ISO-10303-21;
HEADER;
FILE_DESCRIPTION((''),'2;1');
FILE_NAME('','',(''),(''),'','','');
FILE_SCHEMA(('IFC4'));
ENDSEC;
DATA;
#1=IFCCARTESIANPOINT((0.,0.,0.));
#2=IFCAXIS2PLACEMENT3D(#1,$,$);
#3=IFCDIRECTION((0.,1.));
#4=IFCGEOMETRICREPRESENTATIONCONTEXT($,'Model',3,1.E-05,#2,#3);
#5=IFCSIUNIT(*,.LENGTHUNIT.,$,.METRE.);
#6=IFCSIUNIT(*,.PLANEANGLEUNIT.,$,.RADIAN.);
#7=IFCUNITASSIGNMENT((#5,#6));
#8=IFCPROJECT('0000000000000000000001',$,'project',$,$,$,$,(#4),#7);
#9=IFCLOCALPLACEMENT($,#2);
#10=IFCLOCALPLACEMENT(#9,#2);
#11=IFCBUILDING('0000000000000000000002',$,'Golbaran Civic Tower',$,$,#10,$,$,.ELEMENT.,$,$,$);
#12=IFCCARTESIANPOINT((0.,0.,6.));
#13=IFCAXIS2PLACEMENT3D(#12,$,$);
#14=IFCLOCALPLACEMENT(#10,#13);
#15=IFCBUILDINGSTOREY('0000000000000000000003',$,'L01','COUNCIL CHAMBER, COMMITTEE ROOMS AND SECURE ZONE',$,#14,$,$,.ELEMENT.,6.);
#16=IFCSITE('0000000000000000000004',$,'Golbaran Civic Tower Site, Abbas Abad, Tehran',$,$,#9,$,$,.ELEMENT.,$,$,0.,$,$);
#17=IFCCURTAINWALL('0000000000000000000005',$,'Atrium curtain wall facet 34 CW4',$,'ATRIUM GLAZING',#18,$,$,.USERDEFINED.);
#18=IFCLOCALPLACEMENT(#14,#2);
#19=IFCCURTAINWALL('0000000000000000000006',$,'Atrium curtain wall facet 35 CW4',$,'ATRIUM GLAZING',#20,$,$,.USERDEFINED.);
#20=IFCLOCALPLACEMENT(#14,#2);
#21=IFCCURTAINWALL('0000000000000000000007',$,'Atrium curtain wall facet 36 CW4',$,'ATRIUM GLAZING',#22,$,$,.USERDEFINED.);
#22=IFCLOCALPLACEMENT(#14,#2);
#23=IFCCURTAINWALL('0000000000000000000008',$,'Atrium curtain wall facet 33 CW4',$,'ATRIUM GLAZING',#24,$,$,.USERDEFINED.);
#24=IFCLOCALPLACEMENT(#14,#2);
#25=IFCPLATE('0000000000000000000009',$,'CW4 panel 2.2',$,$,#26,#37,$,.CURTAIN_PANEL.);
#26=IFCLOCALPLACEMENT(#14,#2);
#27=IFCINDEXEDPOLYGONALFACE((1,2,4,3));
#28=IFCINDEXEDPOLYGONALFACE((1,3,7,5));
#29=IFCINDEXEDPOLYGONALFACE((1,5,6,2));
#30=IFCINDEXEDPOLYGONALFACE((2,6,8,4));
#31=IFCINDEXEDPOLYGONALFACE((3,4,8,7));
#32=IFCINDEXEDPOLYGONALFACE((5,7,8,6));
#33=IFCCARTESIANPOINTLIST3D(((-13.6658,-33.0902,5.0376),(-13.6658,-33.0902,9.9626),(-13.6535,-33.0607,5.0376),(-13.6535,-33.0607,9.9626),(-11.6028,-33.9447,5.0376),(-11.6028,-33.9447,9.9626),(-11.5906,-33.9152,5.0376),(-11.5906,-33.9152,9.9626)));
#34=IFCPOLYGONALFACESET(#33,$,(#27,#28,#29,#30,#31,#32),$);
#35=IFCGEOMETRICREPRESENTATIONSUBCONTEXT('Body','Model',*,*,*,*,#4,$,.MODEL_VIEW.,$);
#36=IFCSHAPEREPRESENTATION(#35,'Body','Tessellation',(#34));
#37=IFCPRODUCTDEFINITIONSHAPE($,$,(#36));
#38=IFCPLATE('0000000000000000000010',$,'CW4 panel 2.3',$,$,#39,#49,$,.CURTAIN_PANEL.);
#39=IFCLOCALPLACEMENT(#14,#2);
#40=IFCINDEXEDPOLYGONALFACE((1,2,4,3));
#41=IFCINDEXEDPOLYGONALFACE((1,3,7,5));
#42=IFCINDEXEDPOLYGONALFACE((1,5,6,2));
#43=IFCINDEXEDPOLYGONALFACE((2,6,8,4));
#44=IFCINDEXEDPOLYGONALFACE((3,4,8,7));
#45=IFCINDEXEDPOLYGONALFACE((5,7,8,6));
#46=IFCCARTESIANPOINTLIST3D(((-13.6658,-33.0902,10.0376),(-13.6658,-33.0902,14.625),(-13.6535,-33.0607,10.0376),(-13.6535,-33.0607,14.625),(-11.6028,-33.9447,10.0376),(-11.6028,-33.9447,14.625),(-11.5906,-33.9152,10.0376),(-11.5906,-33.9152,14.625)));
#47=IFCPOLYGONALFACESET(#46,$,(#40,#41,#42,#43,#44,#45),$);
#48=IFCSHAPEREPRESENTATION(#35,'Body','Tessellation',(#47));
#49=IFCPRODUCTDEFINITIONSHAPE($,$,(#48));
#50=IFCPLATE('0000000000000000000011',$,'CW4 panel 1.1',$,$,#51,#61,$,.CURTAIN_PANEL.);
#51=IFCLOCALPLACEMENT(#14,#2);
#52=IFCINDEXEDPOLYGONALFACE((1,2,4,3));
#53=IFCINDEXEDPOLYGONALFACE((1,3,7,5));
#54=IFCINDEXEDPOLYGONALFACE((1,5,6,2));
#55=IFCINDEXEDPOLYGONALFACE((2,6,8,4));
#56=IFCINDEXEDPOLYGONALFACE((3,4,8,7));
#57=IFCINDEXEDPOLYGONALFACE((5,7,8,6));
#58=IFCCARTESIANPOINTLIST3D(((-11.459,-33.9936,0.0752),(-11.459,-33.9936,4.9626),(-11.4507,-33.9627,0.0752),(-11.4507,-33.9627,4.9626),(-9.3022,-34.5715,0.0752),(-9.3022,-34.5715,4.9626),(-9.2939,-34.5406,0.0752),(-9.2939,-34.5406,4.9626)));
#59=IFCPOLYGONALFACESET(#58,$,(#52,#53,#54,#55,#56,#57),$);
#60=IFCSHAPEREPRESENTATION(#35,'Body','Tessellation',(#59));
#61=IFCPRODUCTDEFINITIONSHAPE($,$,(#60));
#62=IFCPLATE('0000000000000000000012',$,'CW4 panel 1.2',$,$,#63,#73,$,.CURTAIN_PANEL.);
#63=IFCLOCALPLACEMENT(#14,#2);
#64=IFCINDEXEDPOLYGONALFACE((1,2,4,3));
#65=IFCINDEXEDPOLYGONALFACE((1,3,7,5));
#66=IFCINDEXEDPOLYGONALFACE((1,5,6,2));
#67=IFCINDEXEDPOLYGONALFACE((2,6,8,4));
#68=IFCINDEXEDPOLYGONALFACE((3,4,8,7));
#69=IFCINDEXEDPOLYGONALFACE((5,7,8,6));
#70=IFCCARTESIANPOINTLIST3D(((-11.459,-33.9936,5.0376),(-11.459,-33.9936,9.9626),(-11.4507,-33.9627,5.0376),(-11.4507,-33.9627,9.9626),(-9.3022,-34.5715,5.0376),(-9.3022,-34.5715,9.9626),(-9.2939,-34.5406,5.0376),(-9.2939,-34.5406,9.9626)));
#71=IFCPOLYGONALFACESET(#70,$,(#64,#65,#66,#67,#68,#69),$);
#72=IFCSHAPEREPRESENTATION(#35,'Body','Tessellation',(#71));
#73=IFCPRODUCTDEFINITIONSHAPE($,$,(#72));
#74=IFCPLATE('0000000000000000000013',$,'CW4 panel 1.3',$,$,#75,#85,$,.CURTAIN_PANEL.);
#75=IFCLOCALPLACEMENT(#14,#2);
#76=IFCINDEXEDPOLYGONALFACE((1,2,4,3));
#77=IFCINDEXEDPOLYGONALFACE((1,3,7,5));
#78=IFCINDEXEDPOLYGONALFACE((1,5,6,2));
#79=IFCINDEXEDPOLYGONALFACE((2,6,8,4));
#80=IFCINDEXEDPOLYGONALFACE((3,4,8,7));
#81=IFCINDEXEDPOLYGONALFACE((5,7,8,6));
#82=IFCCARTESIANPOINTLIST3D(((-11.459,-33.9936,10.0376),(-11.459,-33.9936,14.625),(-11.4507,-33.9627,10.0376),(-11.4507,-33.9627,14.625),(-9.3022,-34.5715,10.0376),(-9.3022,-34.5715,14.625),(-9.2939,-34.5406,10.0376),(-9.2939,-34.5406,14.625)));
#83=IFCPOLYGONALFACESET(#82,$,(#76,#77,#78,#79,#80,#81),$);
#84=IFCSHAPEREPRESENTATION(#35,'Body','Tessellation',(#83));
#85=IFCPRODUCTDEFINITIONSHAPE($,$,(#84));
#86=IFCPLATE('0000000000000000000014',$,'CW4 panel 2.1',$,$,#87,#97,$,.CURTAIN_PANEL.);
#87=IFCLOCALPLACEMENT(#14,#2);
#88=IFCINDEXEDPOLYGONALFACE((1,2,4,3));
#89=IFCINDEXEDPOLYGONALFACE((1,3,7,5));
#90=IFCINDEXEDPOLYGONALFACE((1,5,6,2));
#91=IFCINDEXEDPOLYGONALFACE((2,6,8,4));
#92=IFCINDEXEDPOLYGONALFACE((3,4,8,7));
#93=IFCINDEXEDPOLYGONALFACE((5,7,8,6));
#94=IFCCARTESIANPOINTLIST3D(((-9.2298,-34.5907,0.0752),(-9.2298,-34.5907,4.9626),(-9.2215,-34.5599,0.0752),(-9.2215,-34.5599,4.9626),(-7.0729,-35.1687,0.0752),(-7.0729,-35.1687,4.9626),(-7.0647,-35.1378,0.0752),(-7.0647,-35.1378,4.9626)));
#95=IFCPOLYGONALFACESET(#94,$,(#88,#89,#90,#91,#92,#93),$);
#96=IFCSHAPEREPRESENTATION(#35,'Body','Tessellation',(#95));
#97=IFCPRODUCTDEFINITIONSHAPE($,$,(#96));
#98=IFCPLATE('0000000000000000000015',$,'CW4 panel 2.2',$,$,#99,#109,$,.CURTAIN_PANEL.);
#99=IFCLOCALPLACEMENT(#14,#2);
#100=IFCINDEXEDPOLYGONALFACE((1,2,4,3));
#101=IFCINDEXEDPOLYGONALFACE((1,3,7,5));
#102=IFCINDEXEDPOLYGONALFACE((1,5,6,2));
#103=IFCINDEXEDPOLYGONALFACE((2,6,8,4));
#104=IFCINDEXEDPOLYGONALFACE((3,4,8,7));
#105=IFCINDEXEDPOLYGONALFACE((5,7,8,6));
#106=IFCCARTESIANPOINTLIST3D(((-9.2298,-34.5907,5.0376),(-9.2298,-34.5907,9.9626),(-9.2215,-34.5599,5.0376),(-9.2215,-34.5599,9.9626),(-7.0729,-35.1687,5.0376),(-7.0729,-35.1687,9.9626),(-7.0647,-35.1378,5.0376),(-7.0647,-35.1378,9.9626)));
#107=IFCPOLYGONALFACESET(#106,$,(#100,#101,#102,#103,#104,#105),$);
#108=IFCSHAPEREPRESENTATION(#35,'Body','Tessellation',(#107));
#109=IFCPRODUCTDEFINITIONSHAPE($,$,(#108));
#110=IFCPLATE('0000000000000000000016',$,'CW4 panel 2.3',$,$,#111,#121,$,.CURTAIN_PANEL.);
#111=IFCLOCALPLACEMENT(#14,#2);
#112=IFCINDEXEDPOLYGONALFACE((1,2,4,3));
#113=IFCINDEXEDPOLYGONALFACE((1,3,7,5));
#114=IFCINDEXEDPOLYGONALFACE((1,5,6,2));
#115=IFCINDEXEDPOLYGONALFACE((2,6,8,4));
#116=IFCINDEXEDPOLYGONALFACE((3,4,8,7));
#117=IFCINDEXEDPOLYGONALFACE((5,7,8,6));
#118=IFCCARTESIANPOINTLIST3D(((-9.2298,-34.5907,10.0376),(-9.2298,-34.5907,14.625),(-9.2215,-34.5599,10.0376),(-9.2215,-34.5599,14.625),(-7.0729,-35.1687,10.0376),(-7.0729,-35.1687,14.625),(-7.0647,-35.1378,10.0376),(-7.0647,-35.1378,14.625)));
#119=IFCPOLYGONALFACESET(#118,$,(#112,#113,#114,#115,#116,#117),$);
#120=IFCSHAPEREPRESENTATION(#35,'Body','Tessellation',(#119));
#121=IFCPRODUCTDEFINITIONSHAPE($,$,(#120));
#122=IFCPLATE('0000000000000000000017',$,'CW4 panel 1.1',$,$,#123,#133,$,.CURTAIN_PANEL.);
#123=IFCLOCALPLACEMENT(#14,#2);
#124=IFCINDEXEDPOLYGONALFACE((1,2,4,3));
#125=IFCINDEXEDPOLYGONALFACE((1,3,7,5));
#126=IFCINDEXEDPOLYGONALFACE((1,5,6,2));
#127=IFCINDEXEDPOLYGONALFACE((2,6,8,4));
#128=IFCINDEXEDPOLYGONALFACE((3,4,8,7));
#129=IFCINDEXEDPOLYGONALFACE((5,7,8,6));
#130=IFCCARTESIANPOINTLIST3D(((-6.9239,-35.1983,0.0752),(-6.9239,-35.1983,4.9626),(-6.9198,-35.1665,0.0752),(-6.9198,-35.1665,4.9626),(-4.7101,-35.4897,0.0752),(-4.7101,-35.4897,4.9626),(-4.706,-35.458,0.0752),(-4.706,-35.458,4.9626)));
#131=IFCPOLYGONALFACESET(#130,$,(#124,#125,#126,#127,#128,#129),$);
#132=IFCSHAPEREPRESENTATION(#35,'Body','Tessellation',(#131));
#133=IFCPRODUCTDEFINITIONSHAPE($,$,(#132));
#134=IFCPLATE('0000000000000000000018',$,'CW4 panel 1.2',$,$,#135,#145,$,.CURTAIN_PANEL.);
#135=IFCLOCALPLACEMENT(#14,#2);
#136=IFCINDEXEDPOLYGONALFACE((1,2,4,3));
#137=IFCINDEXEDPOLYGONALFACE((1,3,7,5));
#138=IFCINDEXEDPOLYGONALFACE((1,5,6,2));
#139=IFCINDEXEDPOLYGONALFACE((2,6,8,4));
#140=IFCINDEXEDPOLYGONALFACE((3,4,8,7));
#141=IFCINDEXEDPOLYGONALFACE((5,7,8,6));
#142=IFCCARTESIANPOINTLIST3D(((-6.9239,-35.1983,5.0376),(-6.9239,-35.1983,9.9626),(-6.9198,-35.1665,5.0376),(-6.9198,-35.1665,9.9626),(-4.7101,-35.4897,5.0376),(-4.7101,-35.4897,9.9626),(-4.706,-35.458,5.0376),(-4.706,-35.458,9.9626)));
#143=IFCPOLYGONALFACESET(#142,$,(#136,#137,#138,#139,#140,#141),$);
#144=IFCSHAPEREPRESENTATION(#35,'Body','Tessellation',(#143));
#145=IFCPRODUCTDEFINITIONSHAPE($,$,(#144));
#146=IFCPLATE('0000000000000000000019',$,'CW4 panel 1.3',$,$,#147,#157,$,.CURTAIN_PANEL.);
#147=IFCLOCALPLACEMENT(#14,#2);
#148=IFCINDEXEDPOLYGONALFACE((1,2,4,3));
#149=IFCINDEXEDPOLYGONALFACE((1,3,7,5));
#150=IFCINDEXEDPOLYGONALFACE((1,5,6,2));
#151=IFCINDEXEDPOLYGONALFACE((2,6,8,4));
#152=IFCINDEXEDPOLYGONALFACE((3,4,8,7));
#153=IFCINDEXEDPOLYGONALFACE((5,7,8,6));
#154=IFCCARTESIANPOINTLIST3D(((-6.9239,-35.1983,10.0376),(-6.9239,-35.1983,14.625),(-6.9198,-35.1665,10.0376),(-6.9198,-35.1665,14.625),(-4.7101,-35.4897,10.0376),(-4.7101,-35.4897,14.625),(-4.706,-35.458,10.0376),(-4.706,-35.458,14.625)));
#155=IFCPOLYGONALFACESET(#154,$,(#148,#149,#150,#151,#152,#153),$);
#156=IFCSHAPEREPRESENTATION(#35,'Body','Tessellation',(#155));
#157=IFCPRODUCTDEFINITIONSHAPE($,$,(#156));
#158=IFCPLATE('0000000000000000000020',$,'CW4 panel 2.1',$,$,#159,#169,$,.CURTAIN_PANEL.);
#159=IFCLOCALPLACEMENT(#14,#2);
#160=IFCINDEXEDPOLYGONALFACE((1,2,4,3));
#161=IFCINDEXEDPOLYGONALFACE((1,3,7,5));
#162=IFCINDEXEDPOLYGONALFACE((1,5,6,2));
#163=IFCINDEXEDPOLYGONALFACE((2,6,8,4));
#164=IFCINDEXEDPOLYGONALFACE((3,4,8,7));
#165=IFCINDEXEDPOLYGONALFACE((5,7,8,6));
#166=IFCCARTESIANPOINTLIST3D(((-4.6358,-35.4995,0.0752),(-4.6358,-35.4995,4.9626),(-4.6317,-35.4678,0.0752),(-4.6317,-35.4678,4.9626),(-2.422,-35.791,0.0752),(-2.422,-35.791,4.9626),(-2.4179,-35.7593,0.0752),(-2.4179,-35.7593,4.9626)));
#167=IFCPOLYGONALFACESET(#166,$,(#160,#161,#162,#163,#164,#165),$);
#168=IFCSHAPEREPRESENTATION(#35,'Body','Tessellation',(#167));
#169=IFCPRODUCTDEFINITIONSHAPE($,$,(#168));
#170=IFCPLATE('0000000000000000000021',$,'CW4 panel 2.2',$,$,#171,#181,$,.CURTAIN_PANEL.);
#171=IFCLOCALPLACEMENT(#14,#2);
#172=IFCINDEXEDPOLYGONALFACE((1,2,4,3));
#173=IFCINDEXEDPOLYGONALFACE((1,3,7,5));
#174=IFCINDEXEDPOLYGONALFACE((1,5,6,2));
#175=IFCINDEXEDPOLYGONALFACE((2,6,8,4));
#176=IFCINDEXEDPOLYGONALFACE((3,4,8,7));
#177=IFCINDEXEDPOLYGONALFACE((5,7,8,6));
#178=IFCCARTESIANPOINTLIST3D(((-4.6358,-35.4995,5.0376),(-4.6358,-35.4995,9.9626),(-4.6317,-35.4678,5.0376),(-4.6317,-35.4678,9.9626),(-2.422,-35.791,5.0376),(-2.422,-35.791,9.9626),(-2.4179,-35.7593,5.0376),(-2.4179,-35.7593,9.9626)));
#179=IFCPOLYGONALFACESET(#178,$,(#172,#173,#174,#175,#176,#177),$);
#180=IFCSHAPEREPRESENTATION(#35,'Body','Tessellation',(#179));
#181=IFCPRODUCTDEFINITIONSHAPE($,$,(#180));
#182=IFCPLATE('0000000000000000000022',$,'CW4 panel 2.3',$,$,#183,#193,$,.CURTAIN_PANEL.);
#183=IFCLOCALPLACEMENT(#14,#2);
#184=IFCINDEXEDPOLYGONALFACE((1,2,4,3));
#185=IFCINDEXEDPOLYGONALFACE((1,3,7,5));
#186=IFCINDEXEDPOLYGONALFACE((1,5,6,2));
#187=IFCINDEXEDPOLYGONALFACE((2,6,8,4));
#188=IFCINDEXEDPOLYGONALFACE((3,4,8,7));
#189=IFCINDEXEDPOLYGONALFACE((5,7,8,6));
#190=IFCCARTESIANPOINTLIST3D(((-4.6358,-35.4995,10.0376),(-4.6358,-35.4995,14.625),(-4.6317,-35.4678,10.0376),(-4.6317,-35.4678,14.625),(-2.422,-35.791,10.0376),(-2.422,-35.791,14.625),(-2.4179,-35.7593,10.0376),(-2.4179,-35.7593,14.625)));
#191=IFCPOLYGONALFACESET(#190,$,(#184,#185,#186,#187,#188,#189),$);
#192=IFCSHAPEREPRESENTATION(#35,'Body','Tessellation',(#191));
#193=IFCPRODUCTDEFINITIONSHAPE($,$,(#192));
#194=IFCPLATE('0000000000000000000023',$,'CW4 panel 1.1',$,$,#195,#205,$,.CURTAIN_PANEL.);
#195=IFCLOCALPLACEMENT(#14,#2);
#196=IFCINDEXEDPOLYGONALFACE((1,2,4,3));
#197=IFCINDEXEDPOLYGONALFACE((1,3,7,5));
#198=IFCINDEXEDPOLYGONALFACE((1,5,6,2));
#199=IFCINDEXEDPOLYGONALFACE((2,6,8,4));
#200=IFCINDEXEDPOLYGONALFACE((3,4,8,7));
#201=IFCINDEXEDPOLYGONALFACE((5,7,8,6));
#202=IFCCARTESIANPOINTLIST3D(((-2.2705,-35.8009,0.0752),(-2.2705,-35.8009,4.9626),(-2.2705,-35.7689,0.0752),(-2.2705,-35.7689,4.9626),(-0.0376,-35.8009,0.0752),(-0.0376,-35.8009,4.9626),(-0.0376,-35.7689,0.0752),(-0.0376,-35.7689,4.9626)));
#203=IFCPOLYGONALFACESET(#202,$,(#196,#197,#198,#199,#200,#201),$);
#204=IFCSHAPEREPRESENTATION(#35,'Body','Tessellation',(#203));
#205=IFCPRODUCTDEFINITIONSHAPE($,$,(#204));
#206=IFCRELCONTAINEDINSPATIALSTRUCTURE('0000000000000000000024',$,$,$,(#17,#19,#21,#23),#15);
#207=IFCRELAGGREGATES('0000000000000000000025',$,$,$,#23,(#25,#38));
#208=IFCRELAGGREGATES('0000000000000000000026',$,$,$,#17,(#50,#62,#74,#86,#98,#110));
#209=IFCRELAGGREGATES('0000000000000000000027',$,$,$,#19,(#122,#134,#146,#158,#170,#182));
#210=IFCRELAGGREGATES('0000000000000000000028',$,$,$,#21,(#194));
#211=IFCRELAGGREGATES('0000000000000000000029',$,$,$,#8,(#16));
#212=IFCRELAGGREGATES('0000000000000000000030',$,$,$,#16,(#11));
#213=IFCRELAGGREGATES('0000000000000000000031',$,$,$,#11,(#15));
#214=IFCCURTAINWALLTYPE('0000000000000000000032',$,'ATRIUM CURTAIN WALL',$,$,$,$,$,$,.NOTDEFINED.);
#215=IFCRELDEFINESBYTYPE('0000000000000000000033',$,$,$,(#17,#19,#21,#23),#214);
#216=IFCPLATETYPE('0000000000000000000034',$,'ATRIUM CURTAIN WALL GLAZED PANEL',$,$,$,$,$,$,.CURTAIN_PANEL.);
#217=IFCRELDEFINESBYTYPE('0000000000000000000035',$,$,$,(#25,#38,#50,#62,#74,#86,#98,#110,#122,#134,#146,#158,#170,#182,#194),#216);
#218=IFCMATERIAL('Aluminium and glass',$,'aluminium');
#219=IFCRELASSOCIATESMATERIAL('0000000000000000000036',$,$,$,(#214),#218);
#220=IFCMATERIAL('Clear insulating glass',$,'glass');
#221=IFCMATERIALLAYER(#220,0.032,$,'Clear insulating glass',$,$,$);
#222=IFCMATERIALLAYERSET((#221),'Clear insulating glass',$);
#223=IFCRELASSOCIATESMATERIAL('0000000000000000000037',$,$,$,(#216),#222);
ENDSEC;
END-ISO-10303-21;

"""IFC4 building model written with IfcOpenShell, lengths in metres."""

from ifc_helpers import new_model, si_unit, direction, frame, origin, origin_2d, place, context, subcontext, project, spatial, rectangle, extrude, material, layer, layer_set, type_object, element, aggregate, save


model = new_model("IFC4")

# Units and contexts
model_context = context("Model", 3, precision=1e-05, world=origin(), true_north=direction((0.0, 1.0)))
body_context = subcontext(model_context, "Body", "Model", "MODEL_VIEW")
ifc_project = project(units=[si_unit("LENGTHUNIT", "METRE"), si_unit("PLANEANGLEUNIT", "RADIAN")], contexts=[model_context])

# Site, building, storey
site_placement = place(None, origin())
site = spatial("IfcSite", under=ifc_project, at=site_placement, Name="Golbaran Civic Tower Site, Abbas Abad, Tehran", CompositionType="ELEMENT", RefElevation=0.0)
building_placement = place(site_placement, origin())
building = spatial("IfcBuilding", under=site, at=building_placement, Name="Golbaran Civic Tower", CompositionType="ELEMENT")
storey_placement = place(building_placement, frame((0.0, 0.0, 6.0)))
storey = spatial("IfcBuildingStorey", under=building, at=storey_placement, Name="L01", Description="COUNCIL CHAMBER, COMMITTEE ROOMS AND SECURE ZONE", CompositionType="ELEMENT", Elevation=6.0)

# Curtain walls
ifc_material_1 = material(Name="Aluminium and glass", Category="aluminium")
curtain_wall_type = type_object("IfcCurtainWallType", Name="ATRIUM CURTAIN WALL", PredefinedType="NOTDEFINED", material=ifc_material_1)
curtain_wall_1_placement = place(storey_placement, origin())
curtain_wall_1 = element("IfcCurtainWall", 1, at=curtain_wall_1_placement, inside=storey, type_object=curtain_wall_type, Name="Atrium curtain wall facet 34 CW4", ObjectType="ATRIUM GLAZING", PredefinedType="USERDEFINED")
curtain_wall_2_placement = place(storey_placement, origin())
curtain_wall_2 = element("IfcCurtainWall", 2, at=curtain_wall_2_placement, inside=storey, type_object=curtain_wall_type, Name="Atrium curtain wall facet 35 CW4", ObjectType="ATRIUM GLAZING", PredefinedType="USERDEFINED")
curtain_wall_3_placement = place(storey_placement, origin())
curtain_wall_3 = element("IfcCurtainWall", 3, at=curtain_wall_3_placement, inside=storey, type_object=curtain_wall_type, Name="Atrium curtain wall facet 36 CW4", ObjectType="ATRIUM GLAZING", PredefinedType="USERDEFINED")

# Curtain wall, plates
curtain_wall_4_placement = place(storey_placement, origin())
curtain_wall_4 = element("IfcCurtainWall", 4, at=curtain_wall_4_placement, inside=storey, type_object=curtain_wall_type, Name="Atrium curtain wall facet 33 CW4", ObjectType="ATRIUM GLAZING", PredefinedType="USERDEFINED")
ifc_material_2 = material(Name="Clear insulating glass", Category="glass")
ifc_layer = layer(ifc_material_2, 0.032, Name="Clear insulating glass")
ifc_layer_set = layer_set([ifc_layer], Name="Clear insulating glass")
plate_type = type_object("IfcPlateType", Name="ATRIUM CURTAIN WALL GLAZED PANEL", PredefinedType="CURTAIN_PANEL", material=ifc_layer_set)
plate_1_placement = place(storey_placement, frame((-12.6282, -33.5027, 5.0376), z_axis=(0.0, 0.0, 1.0), x_axis=(0.92388, -0.382683, 0.0)))
plate_1 = element("IfcPlate", 5, at=plate_1_placement, type_object=plate_type, Name="CW4 panel 2.2", PredefinedType="CURTAIN_PANEL", context=body_context, shape_type="SweptSolid", body=[
    extrude(rectangle(XDim=2.2329, YDim=0.032, at=origin_2d()), origin(), (0.0, 0.0, 1.0), 4.925),
])
plate_2_placement = place(storey_placement, frame((-12.6282, -33.5027, 10.0376), z_axis=(0.0, 0.0, 1.0), x_axis=(0.92388, -0.382683, 0.0)))
plate_2 = element("IfcPlate", 6, at=plate_2_placement, type_object=plate_type, Name="CW4 panel 2.3", PredefinedType="CURTAIN_PANEL", context=body_context, shape_type="SweptSolid", body=[
    extrude(rectangle(XDim=2.2329, YDim=0.032, at=origin_2d()), origin(), (0.0, 0.0, 1.0), 4.5874),
])
aggregate(curtain_wall_4, [plate_1, plate_2])

# Plates
plate_3_placement = place(storey_placement, frame((-10.3765, -34.2671, 0.0752), z_axis=(0.0, 0.0, 1.0), x_axis=(0.965926, -0.258819, 0.0)))
plate_3 = element("IfcPlate", 7, at=plate_3_placement, type_object=plate_type, Name="CW4 panel 1.1", PredefinedType="CURTAIN_PANEL", context=body_context, shape_type="SweptSolid", body=[
    extrude(rectangle(XDim=2.2329, YDim=0.032, at=origin_2d()), origin(), (0.0, 0.0, 1.0), 4.8875),
])
plate_4_placement = place(storey_placement, frame((-10.3765, -34.2671, 5.0376), z_axis=(0.0, 0.0, 1.0), x_axis=(0.965926, -0.258819, 0.0)))
plate_4 = element("IfcPlate", 8, at=plate_4_placement, type_object=plate_type, Name="CW4 panel 1.2", PredefinedType="CURTAIN_PANEL", context=body_context, shape_type="SweptSolid", body=[
    extrude(rectangle(XDim=2.2329, YDim=0.032, at=origin_2d()), origin(), (0.0, 0.0, 1.0), 4.925),
])
plate_5_placement = place(storey_placement, frame((-10.3765, -34.2671, 10.0376), z_axis=(0.0, 0.0, 1.0), x_axis=(0.965926, -0.258819, 0.0)))
plate_5 = element("IfcPlate", 9, at=plate_5_placement, type_object=plate_type, Name="CW4 panel 1.3", PredefinedType="CURTAIN_PANEL", context=body_context, shape_type="SweptSolid", body=[
    extrude(rectangle(XDim=2.2329, YDim=0.032, at=origin_2d()), origin(), (0.0, 0.0, 1.0), 4.5874),
])
plate_6_placement = place(storey_placement, frame((-8.1472, -34.8643, 0.0752), z_axis=(0.0, 0.0, 1.0), x_axis=(0.965926, -0.258819, 0.0)))
plate_6 = element("IfcPlate", 10, at=plate_6_placement, type_object=plate_type, Name="CW4 panel 2.1", PredefinedType="CURTAIN_PANEL", context=body_context, shape_type="SweptSolid", body=[
    extrude(rectangle(XDim=2.2329, YDim=0.032, at=origin_2d()), origin(), (0.0, 0.0, 1.0), 4.8875),
])
plate_7_placement = place(storey_placement, frame((-8.1472, -34.8643, 5.0376), z_axis=(0.0, 0.0, 1.0), x_axis=(0.965926, -0.258819, 0.0)))
plate_7 = element("IfcPlate", 11, at=plate_7_placement, type_object=plate_type, Name="CW4 panel 2.2", PredefinedType="CURTAIN_PANEL", context=body_context, shape_type="SweptSolid", body=[
    extrude(rectangle(XDim=2.2329, YDim=0.032, at=origin_2d()), origin(), (0.0, 0.0, 1.0), 4.925),
])
plate_8_placement = place(storey_placement, frame((-8.1472, -34.8643, 10.0376), z_axis=(0.0, 0.0, 1.0), x_axis=(0.965926, -0.258819, 0.0)))
plate_8 = element("IfcPlate", 12, at=plate_8_placement, type_object=plate_type, Name="CW4 panel 2.3", PredefinedType="CURTAIN_PANEL", context=body_context, shape_type="SweptSolid", body=[
    extrude(rectangle(XDim=2.2329, YDim=0.032, at=origin_2d()), origin(), (0.0, 0.0, 1.0), 4.5874),
])
aggregate(curtain_wall_1, [plate_3, plate_4, plate_5, plate_6, plate_7, plate_8])
plate_9_placement = place(storey_placement, frame((-5.8149, -35.3281, 0.0752), z_axis=(0.0, 0.0, 1.0), x_axis=(0.991445, -0.130526, 0.0)))
plate_9 = element("IfcPlate", 13, at=plate_9_placement, type_object=plate_type, Name="CW4 panel 1.1", PredefinedType="CURTAIN_PANEL", context=body_context, shape_type="SweptSolid", body=[
    extrude(rectangle(XDim=2.2329, YDim=0.032, at=origin_2d()), origin(), (0.0, 0.0, 1.0), 4.8875),
])
plate_10_placement = place(storey_placement, frame((-5.8149, -35.3281, 5.0376), z_axis=(0.0, 0.0, 1.0), x_axis=(0.991445, -0.130526, 0.0)))
plate_10 = element("IfcPlate", 14, at=plate_10_placement, type_object=plate_type, Name="CW4 panel 1.2", PredefinedType="CURTAIN_PANEL", context=body_context, shape_type="SweptSolid", body=[
    extrude(rectangle(XDim=2.2329, YDim=0.032, at=origin_2d()), origin(), (0.0, 0.0, 1.0), 4.925),
])
plate_11_placement = place(storey_placement, frame((-5.8149, -35.3281, 10.0376), z_axis=(0.0, 0.0, 1.0), x_axis=(0.991445, -0.130526, 0.0)))
plate_11 = element("IfcPlate", 15, at=plate_11_placement, type_object=plate_type, Name="CW4 panel 1.3", PredefinedType="CURTAIN_PANEL", context=body_context, shape_type="SweptSolid", body=[
    extrude(rectangle(XDim=2.2329, YDim=0.032, at=origin_2d()), origin(), (0.0, 0.0, 1.0), 4.5874),
])
plate_12_placement = place(storey_placement, frame((-3.5269, -35.6294, 0.0752), z_axis=(0.0, 0.0, 1.0), x_axis=(0.991445, -0.130526, 0.0)))
plate_12 = element("IfcPlate", 16, at=plate_12_placement, type_object=plate_type, Name="CW4 panel 2.1", PredefinedType="CURTAIN_PANEL", context=body_context, shape_type="SweptSolid", body=[
    extrude(rectangle(XDim=2.2329, YDim=0.032, at=origin_2d()), origin(), (0.0, 0.0, 1.0), 4.8875),
])
plate_13_placement = place(storey_placement, frame((-3.5269, -35.6294, 5.0376), z_axis=(0.0, 0.0, 1.0), x_axis=(0.991445, -0.130526, 0.0)))
plate_13 = element("IfcPlate", 17, at=plate_13_placement, type_object=plate_type, Name="CW4 panel 2.2", PredefinedType="CURTAIN_PANEL", context=body_context, shape_type="SweptSolid", body=[
    extrude(rectangle(XDim=2.2329, YDim=0.032, at=origin_2d()), origin(), (0.0, 0.0, 1.0), 4.925),
])
plate_14_placement = place(storey_placement, frame((-3.5269, -35.6294, 10.0376), z_axis=(0.0, 0.0, 1.0), x_axis=(0.991445, -0.130526, 0.0)))
plate_14 = element("IfcPlate", 18, at=plate_14_placement, type_object=plate_type, Name="CW4 panel 2.3", PredefinedType="CURTAIN_PANEL", context=body_context, shape_type="SweptSolid", body=[
    extrude(rectangle(XDim=2.2329, YDim=0.032, at=origin_2d()), origin(), (0.0, 0.0, 1.0), 4.5874),
])
aggregate(curtain_wall_2, [plate_9, plate_10, plate_11, plate_12, plate_13, plate_14])
plate_15_placement = place(storey_placement, frame((-1.1541, -35.7849, 0.0752), z_axis=(0.0, 0.0, 1.0), x_axis=(1.0, 0.0, 0.0)))
plate_15 = element("IfcPlate", 19, at=plate_15_placement, type_object=plate_type, Name="CW4 panel 1.1", PredefinedType="CURTAIN_PANEL", context=body_context, shape_type="SweptSolid", body=[
    extrude(rectangle(XDim=2.2329, YDim=0.032, at=origin_2d()), origin(), (0.0, 0.0, 1.0), 4.8875),
])
aggregate(curtain_wall_3, [plate_15])

save(model, "model.ifc")
